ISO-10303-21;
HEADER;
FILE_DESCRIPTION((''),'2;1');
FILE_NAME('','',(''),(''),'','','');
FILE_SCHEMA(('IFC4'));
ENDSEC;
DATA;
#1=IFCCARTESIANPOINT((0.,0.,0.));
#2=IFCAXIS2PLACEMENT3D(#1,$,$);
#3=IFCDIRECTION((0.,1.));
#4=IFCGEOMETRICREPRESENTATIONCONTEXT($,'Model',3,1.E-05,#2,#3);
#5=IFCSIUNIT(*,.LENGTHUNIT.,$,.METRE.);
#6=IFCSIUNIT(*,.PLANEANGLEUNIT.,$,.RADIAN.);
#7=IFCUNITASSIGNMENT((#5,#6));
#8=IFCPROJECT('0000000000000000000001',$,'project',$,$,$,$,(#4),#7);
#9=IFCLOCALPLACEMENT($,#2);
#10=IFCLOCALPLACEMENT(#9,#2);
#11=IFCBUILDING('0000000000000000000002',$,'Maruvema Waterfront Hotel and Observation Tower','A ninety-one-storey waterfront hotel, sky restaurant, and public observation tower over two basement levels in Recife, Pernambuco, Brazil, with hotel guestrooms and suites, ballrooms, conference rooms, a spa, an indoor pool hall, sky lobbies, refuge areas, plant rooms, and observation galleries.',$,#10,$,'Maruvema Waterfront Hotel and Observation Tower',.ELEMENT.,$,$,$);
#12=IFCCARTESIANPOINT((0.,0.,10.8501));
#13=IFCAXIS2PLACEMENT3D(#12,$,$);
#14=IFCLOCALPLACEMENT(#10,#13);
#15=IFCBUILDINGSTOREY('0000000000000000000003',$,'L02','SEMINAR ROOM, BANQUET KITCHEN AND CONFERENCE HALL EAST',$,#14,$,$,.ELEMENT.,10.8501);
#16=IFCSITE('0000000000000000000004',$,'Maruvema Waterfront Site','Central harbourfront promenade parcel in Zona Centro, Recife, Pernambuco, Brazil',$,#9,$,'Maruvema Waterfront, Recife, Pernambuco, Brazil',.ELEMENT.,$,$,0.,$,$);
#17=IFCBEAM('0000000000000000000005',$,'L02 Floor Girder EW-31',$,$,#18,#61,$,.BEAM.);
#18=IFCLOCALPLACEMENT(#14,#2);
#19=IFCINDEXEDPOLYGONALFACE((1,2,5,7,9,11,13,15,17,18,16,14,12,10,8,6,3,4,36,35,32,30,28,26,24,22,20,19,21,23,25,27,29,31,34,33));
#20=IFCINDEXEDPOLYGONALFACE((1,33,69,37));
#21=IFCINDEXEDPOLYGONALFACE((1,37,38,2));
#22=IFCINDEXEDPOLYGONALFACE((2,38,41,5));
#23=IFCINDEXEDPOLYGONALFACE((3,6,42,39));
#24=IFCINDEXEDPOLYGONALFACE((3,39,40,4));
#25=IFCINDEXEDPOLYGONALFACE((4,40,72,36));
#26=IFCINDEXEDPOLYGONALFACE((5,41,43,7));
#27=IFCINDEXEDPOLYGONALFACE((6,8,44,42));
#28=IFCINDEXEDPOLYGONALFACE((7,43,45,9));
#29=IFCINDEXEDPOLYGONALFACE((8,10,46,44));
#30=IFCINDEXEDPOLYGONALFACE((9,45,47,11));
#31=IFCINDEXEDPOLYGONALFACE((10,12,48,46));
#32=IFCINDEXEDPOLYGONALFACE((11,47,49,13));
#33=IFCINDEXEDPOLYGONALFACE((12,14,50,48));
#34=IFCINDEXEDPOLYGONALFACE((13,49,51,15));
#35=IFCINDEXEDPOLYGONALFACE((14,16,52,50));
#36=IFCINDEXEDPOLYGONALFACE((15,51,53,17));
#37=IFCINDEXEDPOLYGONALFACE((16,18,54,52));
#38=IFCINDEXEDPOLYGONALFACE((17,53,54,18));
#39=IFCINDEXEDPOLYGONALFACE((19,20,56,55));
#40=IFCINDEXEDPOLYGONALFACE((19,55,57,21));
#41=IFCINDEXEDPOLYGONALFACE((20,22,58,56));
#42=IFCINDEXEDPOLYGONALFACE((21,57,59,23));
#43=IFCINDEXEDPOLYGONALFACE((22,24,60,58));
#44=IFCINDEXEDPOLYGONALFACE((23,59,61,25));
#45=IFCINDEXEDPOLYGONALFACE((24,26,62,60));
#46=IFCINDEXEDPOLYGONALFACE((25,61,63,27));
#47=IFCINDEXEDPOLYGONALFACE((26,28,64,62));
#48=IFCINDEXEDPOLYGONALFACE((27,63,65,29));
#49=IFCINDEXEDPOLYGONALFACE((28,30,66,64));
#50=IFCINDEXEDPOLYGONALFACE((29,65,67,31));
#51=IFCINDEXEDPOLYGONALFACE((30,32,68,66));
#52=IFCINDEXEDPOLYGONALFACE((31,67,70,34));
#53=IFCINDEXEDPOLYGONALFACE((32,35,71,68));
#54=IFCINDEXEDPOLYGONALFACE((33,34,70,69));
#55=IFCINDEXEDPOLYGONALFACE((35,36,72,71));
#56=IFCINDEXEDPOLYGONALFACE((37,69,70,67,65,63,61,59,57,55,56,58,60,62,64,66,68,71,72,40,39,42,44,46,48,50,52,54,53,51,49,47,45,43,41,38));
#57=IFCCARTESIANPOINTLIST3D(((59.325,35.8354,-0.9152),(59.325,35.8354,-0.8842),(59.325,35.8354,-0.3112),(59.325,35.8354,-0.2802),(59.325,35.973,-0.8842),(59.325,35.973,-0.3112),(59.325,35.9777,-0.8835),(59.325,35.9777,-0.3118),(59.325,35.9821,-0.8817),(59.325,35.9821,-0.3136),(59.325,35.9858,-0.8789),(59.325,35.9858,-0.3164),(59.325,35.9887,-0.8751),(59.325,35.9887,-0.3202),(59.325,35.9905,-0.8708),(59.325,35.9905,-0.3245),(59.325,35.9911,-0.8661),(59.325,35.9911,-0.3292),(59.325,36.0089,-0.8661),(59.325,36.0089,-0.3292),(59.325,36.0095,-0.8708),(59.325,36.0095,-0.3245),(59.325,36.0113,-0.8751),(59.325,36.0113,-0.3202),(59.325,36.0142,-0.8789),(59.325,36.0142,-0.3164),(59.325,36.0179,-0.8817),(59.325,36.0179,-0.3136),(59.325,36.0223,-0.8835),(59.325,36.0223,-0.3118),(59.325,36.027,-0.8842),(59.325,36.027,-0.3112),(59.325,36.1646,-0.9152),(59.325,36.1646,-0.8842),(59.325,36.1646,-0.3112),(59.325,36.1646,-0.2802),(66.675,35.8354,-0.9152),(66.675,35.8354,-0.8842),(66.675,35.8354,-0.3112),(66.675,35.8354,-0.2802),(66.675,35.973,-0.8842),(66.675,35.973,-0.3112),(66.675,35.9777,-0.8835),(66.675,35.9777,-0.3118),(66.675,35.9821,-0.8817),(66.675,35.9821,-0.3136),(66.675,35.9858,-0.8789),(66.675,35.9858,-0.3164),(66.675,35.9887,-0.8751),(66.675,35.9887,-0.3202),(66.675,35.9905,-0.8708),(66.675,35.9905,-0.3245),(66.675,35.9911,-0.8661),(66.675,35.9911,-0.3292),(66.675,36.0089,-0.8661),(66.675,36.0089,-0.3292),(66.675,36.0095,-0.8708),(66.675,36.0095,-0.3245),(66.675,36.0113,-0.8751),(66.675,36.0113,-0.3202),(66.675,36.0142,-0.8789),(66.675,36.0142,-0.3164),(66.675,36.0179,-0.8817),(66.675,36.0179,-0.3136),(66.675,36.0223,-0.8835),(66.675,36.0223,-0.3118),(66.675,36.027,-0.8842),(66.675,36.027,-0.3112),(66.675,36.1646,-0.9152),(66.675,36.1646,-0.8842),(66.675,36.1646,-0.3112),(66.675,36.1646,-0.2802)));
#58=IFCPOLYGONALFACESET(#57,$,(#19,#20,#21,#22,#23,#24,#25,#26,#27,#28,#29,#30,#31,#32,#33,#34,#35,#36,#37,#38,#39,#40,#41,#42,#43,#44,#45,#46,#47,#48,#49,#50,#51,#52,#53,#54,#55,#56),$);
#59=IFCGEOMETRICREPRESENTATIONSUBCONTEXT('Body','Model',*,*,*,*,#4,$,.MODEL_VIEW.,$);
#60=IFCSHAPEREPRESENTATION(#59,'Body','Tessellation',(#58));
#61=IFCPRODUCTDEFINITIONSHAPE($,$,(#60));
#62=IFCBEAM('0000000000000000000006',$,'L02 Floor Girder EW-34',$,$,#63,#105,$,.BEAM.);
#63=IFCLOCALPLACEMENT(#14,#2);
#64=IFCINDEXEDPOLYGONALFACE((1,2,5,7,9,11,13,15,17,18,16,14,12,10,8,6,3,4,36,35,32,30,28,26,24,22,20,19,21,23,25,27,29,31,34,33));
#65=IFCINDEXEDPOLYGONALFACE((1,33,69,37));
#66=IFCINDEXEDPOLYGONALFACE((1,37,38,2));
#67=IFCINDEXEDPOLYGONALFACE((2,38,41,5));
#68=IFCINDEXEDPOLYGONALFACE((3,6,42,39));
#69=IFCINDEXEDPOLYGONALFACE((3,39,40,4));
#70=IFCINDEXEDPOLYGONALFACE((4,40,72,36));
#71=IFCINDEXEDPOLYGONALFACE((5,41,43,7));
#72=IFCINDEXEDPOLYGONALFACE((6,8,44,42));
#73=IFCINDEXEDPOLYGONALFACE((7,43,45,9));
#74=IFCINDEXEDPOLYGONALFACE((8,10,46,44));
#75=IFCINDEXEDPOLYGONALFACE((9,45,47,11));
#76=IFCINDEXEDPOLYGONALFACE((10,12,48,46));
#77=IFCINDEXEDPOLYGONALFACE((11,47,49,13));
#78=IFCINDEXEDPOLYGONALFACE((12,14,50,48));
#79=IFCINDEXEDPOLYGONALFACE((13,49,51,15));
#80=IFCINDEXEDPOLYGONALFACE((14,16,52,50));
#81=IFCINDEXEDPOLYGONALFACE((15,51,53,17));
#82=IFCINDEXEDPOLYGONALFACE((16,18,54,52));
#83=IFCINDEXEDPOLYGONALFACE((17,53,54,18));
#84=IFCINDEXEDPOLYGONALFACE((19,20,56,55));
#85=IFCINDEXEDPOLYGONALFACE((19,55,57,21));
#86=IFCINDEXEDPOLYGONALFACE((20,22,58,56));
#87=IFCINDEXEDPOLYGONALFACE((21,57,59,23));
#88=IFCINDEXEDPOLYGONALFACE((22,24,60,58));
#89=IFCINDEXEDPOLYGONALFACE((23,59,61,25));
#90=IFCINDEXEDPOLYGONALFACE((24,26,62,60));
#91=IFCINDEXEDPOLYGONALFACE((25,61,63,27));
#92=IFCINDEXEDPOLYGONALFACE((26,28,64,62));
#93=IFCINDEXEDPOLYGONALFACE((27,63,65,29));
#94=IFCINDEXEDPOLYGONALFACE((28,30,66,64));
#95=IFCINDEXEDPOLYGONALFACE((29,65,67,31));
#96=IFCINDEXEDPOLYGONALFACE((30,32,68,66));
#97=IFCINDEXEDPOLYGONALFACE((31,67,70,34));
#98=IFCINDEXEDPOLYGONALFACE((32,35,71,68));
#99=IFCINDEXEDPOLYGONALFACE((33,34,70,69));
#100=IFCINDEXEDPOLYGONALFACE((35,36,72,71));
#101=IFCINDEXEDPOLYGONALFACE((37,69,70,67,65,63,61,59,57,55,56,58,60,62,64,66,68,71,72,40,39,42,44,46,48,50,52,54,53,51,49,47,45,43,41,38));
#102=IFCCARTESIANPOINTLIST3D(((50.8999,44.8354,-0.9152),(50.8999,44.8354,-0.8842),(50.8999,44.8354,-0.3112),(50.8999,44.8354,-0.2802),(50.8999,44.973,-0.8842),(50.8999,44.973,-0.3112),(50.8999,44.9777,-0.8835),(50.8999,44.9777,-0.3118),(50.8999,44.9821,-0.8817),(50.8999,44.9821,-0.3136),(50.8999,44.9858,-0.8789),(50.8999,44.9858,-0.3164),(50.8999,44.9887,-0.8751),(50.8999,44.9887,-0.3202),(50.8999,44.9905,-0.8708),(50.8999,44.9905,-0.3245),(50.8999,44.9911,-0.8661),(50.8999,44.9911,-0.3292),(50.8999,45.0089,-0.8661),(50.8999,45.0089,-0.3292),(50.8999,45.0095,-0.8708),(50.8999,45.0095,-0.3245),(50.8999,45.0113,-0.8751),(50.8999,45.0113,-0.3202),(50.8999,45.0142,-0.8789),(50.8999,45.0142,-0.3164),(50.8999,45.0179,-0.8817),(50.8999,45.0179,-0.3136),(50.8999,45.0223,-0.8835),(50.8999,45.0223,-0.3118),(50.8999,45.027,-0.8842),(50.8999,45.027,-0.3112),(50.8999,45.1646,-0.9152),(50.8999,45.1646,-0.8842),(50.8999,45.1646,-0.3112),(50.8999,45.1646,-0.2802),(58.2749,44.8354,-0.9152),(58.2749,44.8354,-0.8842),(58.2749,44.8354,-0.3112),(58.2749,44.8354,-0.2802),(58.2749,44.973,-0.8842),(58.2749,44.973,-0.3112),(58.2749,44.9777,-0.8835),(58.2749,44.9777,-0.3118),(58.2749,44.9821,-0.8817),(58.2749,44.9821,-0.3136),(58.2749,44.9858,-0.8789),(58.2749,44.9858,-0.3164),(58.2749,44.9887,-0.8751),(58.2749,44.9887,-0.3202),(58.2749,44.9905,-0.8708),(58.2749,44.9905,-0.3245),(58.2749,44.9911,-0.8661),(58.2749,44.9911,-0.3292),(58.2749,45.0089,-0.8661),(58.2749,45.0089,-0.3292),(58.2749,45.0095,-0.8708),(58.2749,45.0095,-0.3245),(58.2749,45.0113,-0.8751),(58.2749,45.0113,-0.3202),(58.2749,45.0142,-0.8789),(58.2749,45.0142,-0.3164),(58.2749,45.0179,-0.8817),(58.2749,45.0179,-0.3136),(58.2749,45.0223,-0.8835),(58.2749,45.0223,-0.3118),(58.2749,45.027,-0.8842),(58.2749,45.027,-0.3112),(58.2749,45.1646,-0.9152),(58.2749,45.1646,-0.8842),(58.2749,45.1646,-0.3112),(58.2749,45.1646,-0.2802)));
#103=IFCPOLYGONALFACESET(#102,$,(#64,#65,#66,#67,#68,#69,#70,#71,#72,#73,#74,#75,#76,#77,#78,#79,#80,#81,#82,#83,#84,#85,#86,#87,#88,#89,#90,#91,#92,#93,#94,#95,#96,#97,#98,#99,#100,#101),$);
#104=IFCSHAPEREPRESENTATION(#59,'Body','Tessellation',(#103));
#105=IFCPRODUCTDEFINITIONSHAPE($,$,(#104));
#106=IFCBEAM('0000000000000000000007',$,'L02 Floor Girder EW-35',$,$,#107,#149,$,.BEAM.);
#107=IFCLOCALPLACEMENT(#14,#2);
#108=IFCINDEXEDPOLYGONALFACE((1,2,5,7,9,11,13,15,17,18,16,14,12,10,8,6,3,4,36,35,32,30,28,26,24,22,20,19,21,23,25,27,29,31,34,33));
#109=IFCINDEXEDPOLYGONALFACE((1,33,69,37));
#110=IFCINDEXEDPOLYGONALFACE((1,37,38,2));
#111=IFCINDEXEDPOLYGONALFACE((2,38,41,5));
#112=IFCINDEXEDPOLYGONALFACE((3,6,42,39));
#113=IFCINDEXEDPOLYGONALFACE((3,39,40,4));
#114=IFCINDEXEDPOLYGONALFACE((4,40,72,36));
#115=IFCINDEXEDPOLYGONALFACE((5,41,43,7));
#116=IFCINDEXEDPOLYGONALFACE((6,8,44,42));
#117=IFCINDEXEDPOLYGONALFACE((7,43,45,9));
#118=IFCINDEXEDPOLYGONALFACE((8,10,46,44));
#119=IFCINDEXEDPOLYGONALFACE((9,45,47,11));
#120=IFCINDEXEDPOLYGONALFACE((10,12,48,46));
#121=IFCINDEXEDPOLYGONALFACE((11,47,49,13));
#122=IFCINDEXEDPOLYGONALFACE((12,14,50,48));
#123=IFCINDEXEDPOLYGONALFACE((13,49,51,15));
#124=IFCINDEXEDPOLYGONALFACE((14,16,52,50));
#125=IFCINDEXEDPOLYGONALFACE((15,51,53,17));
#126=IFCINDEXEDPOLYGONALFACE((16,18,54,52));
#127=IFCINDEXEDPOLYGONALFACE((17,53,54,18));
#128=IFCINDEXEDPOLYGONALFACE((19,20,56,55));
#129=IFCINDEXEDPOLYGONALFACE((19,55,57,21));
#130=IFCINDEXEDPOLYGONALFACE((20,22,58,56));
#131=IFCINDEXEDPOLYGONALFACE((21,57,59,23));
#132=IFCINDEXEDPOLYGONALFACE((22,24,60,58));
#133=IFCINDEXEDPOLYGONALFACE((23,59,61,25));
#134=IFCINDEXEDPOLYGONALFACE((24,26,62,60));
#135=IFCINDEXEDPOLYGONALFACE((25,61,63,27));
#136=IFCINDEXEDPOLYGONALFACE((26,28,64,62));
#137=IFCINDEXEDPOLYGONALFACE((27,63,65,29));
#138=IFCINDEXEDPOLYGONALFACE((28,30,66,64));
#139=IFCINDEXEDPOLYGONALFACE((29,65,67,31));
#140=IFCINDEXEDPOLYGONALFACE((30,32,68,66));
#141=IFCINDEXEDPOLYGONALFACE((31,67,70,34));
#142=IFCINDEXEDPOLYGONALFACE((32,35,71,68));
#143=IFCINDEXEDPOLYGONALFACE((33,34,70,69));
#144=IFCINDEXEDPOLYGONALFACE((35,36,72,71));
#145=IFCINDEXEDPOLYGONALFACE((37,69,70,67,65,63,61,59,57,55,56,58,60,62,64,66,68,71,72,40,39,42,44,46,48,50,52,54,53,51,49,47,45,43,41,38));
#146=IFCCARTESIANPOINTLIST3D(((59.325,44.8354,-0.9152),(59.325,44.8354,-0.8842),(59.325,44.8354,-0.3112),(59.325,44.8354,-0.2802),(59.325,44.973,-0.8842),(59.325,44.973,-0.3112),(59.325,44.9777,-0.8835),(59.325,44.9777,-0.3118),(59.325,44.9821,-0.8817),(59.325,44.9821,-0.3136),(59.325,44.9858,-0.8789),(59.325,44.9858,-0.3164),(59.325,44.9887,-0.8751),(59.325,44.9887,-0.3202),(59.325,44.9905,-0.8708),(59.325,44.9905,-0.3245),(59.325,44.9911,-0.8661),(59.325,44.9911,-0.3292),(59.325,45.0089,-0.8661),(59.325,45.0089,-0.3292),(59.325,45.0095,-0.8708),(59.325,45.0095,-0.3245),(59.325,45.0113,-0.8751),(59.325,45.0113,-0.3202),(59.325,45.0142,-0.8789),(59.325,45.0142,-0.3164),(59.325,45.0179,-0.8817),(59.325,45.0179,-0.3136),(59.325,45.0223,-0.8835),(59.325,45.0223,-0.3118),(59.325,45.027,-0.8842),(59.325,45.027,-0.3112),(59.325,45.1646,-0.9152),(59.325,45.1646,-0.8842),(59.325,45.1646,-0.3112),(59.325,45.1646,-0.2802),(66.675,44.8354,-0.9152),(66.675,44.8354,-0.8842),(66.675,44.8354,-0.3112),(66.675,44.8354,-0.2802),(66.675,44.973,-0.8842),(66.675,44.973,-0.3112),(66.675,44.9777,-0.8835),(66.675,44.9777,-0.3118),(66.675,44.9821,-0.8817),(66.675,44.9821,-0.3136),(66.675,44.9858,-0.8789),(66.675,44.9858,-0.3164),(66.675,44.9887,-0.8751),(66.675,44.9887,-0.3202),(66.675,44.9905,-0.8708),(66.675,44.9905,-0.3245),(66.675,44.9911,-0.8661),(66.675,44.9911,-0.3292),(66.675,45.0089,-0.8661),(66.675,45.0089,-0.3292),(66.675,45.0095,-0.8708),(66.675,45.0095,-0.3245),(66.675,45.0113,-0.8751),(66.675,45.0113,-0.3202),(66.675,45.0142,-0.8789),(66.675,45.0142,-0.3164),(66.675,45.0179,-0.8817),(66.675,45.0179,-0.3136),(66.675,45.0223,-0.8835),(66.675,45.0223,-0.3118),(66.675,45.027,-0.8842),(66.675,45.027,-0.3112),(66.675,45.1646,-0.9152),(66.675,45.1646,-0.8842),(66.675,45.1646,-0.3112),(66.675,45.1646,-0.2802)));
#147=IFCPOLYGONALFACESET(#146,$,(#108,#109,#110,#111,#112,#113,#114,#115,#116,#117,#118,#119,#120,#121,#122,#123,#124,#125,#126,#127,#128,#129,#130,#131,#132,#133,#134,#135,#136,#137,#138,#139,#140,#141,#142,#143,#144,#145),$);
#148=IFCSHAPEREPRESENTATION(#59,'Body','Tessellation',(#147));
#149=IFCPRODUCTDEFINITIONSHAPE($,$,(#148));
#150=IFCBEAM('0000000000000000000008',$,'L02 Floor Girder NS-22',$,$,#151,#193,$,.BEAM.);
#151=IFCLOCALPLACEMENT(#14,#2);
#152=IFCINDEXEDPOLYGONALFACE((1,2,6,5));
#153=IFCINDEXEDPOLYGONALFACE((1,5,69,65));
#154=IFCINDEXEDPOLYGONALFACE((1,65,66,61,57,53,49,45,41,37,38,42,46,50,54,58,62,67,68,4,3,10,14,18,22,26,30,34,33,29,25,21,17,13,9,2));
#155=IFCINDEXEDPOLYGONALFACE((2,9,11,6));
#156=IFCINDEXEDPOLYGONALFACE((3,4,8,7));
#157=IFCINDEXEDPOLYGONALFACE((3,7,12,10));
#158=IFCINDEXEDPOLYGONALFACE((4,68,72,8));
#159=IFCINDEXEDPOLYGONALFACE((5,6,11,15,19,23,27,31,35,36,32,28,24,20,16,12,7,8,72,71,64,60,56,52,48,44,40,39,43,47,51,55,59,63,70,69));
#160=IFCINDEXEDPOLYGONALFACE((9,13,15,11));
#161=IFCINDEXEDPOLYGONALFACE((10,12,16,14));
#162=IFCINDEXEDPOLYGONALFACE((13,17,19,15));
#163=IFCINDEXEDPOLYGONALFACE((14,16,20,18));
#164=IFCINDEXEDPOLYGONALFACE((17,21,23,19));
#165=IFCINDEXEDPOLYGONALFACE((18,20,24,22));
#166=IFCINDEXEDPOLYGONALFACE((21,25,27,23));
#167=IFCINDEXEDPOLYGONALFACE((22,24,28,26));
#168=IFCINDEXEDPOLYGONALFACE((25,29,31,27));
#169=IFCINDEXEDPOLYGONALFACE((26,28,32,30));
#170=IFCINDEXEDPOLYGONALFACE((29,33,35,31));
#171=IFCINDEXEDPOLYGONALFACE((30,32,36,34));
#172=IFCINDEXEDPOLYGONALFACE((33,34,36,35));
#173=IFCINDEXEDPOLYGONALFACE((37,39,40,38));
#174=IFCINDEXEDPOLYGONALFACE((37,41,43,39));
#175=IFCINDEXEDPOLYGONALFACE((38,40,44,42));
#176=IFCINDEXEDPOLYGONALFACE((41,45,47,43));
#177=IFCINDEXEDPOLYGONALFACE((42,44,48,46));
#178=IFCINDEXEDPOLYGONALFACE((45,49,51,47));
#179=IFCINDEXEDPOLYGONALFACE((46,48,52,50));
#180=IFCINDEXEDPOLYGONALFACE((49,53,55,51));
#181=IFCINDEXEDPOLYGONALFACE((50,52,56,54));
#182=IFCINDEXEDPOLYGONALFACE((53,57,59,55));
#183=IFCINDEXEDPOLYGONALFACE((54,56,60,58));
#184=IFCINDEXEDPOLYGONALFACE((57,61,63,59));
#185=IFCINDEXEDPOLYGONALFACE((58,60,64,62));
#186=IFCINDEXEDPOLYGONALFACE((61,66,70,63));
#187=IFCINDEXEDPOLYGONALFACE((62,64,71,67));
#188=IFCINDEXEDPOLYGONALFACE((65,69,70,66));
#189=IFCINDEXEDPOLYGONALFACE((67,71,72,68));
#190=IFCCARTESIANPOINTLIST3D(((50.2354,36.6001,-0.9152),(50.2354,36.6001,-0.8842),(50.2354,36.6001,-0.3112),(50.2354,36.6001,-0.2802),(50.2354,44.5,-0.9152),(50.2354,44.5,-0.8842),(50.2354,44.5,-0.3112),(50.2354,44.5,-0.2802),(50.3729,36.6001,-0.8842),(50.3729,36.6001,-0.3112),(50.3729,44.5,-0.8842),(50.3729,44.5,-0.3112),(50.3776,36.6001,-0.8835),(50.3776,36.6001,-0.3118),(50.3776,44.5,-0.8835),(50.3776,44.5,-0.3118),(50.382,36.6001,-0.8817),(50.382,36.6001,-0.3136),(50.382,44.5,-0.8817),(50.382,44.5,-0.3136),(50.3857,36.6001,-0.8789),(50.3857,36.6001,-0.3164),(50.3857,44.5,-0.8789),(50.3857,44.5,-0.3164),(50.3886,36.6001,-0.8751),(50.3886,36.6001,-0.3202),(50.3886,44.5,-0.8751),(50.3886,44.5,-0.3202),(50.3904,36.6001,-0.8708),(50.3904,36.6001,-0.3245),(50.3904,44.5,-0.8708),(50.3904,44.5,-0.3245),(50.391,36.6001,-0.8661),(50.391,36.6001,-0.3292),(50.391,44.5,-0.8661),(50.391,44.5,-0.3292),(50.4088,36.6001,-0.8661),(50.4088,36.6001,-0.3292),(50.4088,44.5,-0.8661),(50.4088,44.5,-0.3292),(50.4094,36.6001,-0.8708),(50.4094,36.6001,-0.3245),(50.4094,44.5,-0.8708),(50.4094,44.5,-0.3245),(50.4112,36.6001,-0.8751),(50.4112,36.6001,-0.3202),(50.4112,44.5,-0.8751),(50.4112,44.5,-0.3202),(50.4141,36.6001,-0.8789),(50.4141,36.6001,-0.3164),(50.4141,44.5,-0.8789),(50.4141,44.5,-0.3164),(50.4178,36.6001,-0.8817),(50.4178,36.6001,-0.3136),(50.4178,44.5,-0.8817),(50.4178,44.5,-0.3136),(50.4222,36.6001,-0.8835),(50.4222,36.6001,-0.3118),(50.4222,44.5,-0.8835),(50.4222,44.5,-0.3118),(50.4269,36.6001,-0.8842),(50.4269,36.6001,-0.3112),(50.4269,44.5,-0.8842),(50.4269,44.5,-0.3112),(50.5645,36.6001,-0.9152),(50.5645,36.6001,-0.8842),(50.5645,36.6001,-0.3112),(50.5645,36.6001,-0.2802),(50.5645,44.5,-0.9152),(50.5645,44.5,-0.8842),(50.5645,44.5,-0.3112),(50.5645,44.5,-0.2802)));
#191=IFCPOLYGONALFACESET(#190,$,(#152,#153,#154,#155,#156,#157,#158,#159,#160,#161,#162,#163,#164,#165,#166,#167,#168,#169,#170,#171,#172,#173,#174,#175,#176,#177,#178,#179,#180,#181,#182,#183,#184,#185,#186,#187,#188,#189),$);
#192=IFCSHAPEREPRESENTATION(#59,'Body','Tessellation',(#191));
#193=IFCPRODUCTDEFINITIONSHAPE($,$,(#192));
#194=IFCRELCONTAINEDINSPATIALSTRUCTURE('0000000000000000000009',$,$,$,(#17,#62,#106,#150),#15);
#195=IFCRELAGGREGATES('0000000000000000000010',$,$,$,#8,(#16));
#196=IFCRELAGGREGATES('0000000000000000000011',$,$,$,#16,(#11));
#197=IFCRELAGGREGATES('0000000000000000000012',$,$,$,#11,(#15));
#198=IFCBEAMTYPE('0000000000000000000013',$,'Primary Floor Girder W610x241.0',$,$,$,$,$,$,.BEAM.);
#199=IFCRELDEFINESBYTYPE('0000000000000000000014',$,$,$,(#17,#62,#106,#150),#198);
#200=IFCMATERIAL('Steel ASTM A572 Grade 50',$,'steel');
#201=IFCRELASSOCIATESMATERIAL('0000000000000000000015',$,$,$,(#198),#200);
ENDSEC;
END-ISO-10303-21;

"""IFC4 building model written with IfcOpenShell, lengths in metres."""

from ifc_helpers import new_model, si_unit, direction, frame, origin, origin_2d, place, context, subcontext, project, spatial, i_section, extrude, material, material_profile, profile_set, type_object, element, save


model = new_model("IFC4")

# Units and contexts
model_context = context("Model", 3, precision=1e-05, world=origin(), true_north=direction((0.0, 1.0)))
body_context = subcontext(model_context, "Body", "Model", "MODEL_VIEW")
ifc_project = project(units=[si_unit("LENGTHUNIT", "METRE"), si_unit("PLANEANGLEUNIT", "RADIAN")], contexts=[model_context])

# Site, building, storey
site_placement = place(None, origin())
site = spatial("IfcSite", under=ifc_project, at=site_placement, Name="Maruvema Waterfront Site", Description="Central harbourfront promenade parcel in Zona Centro, Recife, Pernambuco, Brazil", LongName="Maruvema Waterfront, Recife, Pernambuco, Brazil", CompositionType="ELEMENT", RefElevation=0.0)
building_placement = place(site_placement, origin())
building = spatial("IfcBuilding", under=site, at=building_placement, Name="Maruvema Waterfront Hotel and Observation Tower", Description="A ninety-one-storey waterfront hotel, sky restaurant, and public observation tower over two basement levels in Recife, Pernambuco, Brazil, with hotel guestrooms and suites, ballrooms, conference rooms, a spa, an indoor pool hall, sky lobbies, refuge areas, plant rooms, and observation galleries.", LongName="Maruvema Waterfront Hotel and Observation Tower", CompositionType="ELEMENT")
storey_placement = place(building_placement, frame((0.0, 0.0, 10.8501)))
storey = spatial("IfcBuildingStorey", under=building, at=storey_placement, Name="L02", Description="SEMINAR ROOM, BANQUET KITCHEN AND CONFERENCE HALL EAST", CompositionType="ELEMENT", Elevation=10.8501)

# Beams
ifc_material_1 = material(Name="Steel ASTM A572 Grade 50", Category="steel")
ifc_material_profile_1 = material_profile(ifc_material_1, i_section(OverallWidth=0.3291, OverallDepth=0.635, WebThickness=0.0178, FlangeThickness=0.031, FilletRadius=0.0181, at=origin_2d()), Name="W610x241.0")
ifc_profile_set_1 = profile_set([ifc_material_profile_1], Name="Steel ASTM A572 Grade 50")
beam_type_1 = type_object("IfcBeamType", Name="Primary Floor Girder W610x241.0", PredefinedType="BEAM", material=ifc_profile_set_1)
beam_1_placement = place(storey_placement, frame((59.325, 36.0, -0.5977), z_axis=(1.0, 0.0, 0.0), x_axis=(0.0, 1.0, 0.0)))
element("IfcBeam", 1, at=beam_1_placement, inside=storey, type_object=beam_type_1, Name="L02 Floor Girder EW-31", PredefinedType="BEAM", context=body_context, shape_type="SweptSolid", body=[
    extrude(i_section(OverallWidth=0.3291, OverallDepth=0.635, WebThickness=0.0178, FlangeThickness=0.031, FilletRadius=0.0181, at=origin_2d()), origin(), (0.0, 0.0, 1.0), 7.3501),
])
beam_2_placement = place(storey_placement, frame((50.8999, 45.0, -0.5977), z_axis=(1.0, 0.0, 0.0), x_axis=(0.0, 1.0, 0.0)))
element("IfcBeam", 2, at=beam_2_placement, inside=storey, type_object=beam_type_1, Name="L02 Floor Girder EW-34", PredefinedType="BEAM", context=body_context, shape_type="SweptSolid", body=[
    extrude(i_section(OverallWidth=0.3291, OverallDepth=0.635, WebThickness=0.0178, FlangeThickness=0.031, FilletRadius=0.0181, at=origin_2d()), origin(), (0.0, 0.0, 1.0), 7.375),
])
beam_3_placement = place(storey_placement, frame((59.325, 45.0, -0.5977), z_axis=(1.0, 0.0, 0.0), x_axis=(0.0, 1.0, 0.0)))
element("IfcBeam", 3, at=beam_3_placement, inside=storey, type_object=beam_type_1, Name="L02 Floor Girder EW-35", PredefinedType="BEAM", context=body_context, shape_type="SweptSolid", body=[
    extrude(i_section(OverallWidth=0.3291, OverallDepth=0.635, WebThickness=0.0178, FlangeThickness=0.031, FilletRadius=0.0181, at=origin_2d()), origin(), (0.0, 0.0, 1.0), 7.3501),
])
beam_4_placement = place(storey_placement, frame((50.3999, 36.6001, -0.5977), z_axis=(0.0, 1.0, 0.0), x_axis=(-1.0, 0.0, 0.0)))
element("IfcBeam", 4, at=beam_4_placement, inside=storey, type_object=beam_type_1, Name="L02 Floor Girder NS-22", PredefinedType="BEAM", context=body_context, shape_type="SweptSolid", body=[
    extrude(i_section(OverallWidth=0.3291, OverallDepth=0.635, WebThickness=0.0178, FlangeThickness=0.031, FilletRadius=0.0181, at=origin_2d()), origin(), (0.0, 0.0, 1.0), 7.8999),
])

save(model, "model.ifc")
